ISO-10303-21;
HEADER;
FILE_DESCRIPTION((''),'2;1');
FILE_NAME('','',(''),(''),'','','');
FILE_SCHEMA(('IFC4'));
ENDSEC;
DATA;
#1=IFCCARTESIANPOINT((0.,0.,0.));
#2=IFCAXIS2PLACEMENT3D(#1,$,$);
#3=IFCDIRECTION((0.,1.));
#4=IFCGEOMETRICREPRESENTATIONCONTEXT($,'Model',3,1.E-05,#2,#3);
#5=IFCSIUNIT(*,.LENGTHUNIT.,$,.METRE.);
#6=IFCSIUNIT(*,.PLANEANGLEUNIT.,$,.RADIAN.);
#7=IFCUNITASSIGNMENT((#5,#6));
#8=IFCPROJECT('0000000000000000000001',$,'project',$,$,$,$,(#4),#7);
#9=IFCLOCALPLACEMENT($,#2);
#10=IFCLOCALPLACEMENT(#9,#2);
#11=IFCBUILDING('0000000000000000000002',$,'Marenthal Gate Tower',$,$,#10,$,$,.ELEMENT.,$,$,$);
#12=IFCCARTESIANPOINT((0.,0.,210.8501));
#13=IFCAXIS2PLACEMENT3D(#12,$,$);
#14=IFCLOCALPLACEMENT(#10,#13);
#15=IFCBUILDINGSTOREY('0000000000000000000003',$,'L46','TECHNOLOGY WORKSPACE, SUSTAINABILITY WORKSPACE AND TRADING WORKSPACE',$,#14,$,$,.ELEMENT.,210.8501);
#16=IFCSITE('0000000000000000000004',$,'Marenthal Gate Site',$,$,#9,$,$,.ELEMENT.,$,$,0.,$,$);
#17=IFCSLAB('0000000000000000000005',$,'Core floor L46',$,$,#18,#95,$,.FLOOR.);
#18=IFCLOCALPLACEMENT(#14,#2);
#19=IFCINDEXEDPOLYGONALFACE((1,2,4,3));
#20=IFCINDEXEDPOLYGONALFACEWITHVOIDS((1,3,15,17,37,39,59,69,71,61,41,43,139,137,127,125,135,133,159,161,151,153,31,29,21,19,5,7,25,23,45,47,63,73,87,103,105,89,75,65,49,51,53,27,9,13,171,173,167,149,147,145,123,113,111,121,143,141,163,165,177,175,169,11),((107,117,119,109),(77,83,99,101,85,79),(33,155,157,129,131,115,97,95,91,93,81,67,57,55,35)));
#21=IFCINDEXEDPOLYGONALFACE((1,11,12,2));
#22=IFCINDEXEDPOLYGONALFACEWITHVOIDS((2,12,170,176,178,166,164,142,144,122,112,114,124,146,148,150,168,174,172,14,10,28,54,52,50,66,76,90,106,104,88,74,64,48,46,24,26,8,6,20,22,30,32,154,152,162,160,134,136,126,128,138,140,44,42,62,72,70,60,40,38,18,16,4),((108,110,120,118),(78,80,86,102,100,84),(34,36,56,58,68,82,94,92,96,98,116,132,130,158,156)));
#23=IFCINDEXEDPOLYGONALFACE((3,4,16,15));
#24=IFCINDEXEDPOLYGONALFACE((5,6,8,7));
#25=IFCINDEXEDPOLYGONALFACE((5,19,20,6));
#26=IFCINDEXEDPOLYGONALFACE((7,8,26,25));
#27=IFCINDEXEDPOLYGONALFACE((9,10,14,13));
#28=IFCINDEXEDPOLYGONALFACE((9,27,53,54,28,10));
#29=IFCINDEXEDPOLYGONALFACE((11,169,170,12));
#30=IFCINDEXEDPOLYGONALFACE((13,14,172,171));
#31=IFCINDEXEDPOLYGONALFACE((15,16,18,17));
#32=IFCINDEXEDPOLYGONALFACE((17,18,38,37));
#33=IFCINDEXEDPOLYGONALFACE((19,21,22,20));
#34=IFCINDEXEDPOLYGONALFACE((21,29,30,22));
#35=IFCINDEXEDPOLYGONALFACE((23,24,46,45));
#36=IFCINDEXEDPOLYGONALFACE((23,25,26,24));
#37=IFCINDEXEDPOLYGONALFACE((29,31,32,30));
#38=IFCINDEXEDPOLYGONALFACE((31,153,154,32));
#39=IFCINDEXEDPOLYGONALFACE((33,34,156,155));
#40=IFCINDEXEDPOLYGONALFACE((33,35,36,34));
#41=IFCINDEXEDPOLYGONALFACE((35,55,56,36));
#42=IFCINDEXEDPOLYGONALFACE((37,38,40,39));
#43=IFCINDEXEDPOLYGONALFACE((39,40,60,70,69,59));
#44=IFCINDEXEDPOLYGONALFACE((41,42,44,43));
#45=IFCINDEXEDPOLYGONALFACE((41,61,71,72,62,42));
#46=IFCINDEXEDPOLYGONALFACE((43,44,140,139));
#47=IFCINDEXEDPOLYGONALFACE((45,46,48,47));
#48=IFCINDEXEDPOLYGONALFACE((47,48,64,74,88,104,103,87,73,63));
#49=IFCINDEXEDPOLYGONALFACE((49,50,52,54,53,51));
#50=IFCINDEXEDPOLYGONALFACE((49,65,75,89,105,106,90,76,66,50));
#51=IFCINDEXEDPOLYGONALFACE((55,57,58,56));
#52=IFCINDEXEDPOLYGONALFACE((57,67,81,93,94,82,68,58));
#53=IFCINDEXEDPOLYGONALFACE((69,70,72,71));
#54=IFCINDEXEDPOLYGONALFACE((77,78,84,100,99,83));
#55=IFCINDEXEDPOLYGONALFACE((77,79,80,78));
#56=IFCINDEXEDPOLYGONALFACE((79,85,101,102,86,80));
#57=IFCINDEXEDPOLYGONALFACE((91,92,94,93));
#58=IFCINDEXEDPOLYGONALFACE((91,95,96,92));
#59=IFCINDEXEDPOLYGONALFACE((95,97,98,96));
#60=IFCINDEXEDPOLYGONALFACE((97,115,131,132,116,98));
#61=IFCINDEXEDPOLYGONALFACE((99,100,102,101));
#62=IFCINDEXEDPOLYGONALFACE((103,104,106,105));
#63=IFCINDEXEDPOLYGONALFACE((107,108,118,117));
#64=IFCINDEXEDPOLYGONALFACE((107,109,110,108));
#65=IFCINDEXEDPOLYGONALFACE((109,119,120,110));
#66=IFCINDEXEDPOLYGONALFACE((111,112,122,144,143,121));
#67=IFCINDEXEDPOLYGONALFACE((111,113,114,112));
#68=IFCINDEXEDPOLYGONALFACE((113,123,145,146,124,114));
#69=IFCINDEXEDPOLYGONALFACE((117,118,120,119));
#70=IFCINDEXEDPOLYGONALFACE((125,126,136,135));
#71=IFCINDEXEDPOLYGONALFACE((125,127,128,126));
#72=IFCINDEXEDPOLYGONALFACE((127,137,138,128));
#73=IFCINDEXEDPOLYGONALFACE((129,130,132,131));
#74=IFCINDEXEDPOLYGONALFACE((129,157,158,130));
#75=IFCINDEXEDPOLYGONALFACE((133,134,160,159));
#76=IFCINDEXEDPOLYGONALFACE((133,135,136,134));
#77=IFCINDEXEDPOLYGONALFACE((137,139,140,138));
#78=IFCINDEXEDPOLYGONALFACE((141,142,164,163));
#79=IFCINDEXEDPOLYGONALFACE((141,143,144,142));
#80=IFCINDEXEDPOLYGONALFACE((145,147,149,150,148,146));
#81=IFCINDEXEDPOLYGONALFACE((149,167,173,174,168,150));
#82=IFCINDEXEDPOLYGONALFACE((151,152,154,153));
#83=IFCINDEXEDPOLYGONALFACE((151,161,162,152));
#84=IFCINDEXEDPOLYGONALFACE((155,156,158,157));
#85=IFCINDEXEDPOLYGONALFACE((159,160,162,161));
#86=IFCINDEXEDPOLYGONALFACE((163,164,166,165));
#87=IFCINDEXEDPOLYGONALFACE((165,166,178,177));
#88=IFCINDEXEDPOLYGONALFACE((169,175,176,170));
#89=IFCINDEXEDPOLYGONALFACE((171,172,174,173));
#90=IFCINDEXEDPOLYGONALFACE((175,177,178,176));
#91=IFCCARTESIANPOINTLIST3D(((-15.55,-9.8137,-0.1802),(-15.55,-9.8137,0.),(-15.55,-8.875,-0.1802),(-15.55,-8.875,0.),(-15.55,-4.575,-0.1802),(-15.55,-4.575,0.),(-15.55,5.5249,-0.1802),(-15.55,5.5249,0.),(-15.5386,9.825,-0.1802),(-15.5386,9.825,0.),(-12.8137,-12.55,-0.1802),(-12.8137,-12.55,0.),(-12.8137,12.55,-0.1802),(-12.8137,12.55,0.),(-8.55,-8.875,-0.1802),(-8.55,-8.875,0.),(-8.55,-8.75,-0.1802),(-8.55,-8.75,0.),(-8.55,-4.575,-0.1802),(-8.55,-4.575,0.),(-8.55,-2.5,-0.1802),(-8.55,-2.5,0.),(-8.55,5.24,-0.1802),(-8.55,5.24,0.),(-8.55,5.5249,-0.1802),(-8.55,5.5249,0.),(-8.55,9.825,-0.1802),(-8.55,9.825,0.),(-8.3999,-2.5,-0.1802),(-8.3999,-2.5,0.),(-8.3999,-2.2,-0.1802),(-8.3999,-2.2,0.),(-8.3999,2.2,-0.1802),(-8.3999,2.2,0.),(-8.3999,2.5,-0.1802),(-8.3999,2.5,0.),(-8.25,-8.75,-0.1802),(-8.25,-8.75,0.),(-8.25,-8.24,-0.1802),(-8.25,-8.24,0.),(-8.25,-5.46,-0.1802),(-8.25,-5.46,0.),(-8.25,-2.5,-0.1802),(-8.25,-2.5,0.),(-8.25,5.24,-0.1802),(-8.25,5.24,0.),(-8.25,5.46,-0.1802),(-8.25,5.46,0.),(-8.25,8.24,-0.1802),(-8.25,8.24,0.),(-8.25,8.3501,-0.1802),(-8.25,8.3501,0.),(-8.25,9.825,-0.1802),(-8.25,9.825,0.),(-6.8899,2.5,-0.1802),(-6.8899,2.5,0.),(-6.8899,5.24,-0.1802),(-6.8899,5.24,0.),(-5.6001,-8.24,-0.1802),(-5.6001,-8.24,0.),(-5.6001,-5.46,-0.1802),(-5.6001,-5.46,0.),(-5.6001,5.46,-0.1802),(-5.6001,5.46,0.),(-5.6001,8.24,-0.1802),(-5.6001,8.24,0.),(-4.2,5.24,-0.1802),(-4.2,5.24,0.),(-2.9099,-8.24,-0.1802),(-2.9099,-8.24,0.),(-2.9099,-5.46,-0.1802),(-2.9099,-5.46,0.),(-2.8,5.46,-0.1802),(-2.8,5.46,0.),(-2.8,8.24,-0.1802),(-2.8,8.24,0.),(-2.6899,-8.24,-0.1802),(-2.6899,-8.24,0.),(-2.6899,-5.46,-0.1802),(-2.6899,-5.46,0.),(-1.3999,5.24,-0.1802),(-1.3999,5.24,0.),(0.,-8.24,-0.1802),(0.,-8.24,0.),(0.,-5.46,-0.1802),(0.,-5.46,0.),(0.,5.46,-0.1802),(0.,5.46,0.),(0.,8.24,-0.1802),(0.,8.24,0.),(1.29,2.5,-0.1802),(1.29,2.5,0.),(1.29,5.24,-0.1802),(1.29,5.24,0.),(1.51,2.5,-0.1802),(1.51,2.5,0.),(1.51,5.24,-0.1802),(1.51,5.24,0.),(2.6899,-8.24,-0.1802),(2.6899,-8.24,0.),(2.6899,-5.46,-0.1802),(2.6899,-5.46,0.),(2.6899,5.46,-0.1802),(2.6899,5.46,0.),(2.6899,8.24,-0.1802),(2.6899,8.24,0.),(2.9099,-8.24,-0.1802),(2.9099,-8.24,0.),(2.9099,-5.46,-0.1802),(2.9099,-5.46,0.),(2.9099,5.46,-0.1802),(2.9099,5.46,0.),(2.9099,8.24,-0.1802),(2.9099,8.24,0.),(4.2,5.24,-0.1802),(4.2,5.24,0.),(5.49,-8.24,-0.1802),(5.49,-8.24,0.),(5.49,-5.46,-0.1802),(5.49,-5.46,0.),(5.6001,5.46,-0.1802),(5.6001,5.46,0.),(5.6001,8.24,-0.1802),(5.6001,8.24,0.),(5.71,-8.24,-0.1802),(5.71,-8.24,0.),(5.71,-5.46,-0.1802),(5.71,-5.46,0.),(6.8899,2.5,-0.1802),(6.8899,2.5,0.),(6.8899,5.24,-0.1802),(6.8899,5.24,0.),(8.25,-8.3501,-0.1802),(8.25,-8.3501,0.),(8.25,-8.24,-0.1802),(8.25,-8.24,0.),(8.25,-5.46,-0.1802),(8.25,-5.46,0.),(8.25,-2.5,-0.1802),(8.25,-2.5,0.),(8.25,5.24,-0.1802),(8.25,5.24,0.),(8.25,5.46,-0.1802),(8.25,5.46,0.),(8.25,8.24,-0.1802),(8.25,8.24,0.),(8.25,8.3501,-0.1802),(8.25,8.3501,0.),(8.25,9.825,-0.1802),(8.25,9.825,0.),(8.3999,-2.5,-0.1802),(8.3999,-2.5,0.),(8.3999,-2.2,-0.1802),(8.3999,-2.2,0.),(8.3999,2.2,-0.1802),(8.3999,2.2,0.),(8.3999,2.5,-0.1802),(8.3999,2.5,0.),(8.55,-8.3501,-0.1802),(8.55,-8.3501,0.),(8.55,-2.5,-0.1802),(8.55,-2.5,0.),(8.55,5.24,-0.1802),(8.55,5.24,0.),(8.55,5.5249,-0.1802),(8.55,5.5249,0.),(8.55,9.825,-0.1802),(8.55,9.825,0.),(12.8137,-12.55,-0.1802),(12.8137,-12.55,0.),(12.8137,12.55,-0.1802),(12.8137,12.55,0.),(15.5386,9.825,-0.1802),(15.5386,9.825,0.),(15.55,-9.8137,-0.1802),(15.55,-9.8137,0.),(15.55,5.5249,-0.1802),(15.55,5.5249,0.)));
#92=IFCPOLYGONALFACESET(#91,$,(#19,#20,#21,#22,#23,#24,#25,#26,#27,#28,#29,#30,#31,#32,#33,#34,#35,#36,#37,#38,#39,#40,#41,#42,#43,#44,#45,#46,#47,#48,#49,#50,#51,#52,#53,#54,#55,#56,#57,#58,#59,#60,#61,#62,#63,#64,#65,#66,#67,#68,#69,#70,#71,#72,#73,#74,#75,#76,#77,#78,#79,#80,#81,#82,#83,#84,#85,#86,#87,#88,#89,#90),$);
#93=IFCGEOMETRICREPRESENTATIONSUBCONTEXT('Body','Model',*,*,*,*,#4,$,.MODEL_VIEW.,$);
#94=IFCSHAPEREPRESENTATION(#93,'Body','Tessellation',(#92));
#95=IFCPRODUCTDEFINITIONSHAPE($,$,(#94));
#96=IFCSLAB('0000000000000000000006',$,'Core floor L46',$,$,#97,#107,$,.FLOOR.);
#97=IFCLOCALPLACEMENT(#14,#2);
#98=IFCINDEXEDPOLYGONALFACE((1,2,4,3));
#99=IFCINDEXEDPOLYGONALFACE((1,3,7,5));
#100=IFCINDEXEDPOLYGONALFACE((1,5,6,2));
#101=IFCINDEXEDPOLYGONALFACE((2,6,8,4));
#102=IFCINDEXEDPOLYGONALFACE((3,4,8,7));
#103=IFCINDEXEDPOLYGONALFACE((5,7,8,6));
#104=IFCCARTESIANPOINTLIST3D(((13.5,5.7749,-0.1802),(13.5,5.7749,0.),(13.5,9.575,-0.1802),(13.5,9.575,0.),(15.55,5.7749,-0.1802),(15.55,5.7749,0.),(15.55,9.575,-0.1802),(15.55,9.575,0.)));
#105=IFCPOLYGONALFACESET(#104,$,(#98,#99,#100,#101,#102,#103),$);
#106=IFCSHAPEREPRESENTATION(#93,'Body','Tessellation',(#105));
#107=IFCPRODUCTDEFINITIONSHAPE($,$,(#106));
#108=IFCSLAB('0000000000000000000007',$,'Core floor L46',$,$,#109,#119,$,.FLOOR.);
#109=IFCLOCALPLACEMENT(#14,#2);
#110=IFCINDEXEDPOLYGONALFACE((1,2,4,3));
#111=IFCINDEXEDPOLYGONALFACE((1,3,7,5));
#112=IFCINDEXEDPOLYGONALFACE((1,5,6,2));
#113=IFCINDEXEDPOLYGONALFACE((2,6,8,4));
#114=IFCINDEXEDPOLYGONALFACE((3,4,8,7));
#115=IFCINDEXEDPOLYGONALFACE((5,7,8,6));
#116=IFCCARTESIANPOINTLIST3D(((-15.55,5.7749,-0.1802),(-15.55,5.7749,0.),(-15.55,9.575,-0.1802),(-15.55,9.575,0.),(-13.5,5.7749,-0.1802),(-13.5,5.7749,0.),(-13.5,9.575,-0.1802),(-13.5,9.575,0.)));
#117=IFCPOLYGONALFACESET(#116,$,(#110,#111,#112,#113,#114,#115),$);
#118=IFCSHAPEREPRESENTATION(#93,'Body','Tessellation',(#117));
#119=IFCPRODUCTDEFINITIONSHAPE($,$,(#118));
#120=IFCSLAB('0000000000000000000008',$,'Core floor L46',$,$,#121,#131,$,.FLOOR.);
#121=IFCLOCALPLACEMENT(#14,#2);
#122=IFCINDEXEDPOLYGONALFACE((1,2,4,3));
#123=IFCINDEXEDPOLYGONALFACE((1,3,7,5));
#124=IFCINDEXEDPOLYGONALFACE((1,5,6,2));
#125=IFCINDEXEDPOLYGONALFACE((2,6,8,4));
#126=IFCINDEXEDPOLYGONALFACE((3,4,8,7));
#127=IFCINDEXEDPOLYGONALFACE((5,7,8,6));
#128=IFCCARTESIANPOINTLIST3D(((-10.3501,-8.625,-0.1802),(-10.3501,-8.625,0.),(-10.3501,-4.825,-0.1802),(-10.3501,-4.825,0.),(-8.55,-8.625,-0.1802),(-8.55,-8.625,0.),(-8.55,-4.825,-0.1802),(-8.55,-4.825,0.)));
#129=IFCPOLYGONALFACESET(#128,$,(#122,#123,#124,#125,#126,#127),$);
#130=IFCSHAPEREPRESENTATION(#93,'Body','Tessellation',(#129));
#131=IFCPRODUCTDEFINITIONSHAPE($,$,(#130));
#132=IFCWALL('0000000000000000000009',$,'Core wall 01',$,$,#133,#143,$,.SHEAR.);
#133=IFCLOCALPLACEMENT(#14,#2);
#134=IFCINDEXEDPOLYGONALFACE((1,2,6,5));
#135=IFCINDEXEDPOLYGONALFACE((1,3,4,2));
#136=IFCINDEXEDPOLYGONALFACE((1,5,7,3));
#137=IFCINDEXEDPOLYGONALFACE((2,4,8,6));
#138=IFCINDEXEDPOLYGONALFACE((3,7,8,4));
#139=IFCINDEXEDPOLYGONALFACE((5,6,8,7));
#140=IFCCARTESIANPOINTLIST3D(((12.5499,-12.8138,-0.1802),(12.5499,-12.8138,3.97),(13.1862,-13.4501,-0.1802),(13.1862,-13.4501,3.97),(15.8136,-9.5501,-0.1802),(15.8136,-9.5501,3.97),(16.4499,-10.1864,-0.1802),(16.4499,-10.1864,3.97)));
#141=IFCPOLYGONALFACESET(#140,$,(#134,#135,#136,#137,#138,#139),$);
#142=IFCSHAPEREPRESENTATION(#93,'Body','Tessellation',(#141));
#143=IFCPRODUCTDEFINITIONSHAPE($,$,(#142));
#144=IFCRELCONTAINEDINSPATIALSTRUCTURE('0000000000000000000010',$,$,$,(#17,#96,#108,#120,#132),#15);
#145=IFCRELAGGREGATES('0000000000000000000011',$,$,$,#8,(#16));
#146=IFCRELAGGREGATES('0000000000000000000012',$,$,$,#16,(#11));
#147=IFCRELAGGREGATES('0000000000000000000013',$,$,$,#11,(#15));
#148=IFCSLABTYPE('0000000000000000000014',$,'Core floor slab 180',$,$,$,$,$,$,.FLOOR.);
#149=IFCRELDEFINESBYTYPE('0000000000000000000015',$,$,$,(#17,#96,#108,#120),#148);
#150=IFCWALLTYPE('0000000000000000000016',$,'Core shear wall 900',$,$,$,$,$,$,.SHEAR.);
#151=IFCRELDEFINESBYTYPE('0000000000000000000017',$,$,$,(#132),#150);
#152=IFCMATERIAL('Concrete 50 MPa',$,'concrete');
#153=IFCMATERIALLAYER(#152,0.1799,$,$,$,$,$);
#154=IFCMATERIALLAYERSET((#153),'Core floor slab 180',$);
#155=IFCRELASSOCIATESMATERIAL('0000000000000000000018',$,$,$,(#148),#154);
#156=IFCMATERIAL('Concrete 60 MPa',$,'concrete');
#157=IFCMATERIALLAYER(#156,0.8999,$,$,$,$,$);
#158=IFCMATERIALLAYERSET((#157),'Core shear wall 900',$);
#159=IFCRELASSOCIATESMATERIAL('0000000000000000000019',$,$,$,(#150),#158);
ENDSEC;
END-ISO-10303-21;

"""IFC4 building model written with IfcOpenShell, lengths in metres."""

from ifc_helpers import new_model, si_unit, direction, frame, frame_2d, origin, place, context, subcontext, project, spatial, polyline, rectangle, outline, extrude, material, layer, layer_set, type_object, element, save


model = new_model("IFC4")

# Units and contexts
model_context = context("Model", 3, precision=1e-05, world=origin(), true_north=direction((0.0, 1.0)))
body_context = subcontext(model_context, "Body", "Model", "MODEL_VIEW")
ifc_project = project(units=[si_unit("LENGTHUNIT", "METRE"), si_unit("PLANEANGLEUNIT", "RADIAN")], contexts=[model_context])

# Site, building, storey
site_placement = place(None, origin())
site = spatial("IfcSite", under=ifc_project, at=site_placement, Name="Marenthal Gate Site", CompositionType="ELEMENT", RefElevation=0.0)
building_placement = place(site_placement, origin())
building = spatial("IfcBuilding", under=site, at=building_placement, Name="Marenthal Gate Tower", CompositionType="ELEMENT")
storey_placement = place(building_placement, frame((0.0, 0.0, 210.8501)))
storey = spatial("IfcBuildingStorey", under=building, at=storey_placement, Name="L46", Description="TECHNOLOGY WORKSPACE, SUSTAINABILITY WORKSPACE AND TRADING WORKSPACE", CompositionType="ELEMENT", Elevation=210.8501)

# Slabs
ifc_material_1 = material(Name="Concrete 50 MPa", Category="concrete")
ifc_layer_1 = layer(ifc_material_1, 0.1799)
ifc_layer_set_1 = layer_set([ifc_layer_1], Name="Core floor slab 180")
slab_type = type_object("IfcSlabType", Name="Core floor slab 180", PredefinedType="FLOOR", material=ifc_layer_set_1)
slab_1_placement = place(storey_placement, frame((0.0, 0.0, -0.1802)))
element("IfcSlab", 1, at=slab_1_placement, inside=storey, type_object=slab_type, Name="Core floor L46", PredefinedType="FLOOR", context=body_context, shape_type="SweptSolid", body=[
    extrude(outline(polyline([(12.8137, -12.55), (-12.8137, -12.55), (-15.55, -9.8137), (-15.55, -8.875), (-8.55, -8.875), (-8.55, -8.75), (-8.25, -8.75), (-8.25, -8.24), (-5.6001, -8.24), (-2.9099, -8.24), (-2.9099, -5.46), (-5.6001, -5.46), (-8.25, -5.46), (-8.25, -2.5), (8.25, -2.5), (8.25, -5.46), (5.71, -5.46), (5.71, -8.24), (8.25, -8.24), (8.25, -8.3501), (8.55, -8.3501), (8.55, -2.5), (8.3999, -2.5), (8.3999, -2.2), (-8.3999, -2.2), (-8.3999, -2.5), (-8.55, -2.5), (-8.55, -4.575), (-15.55, -4.575), (-15.55, 5.5249), (-8.55, 5.5249), (-8.55, 5.24), (-8.25, 5.24), (-8.25, 5.46), (-5.6001, 5.46), (-2.8, 5.46), (0.0, 5.46), (2.6899, 5.46), (2.6899, 8.24), (0.0, 8.24), (-2.8, 8.24), (-5.6001, 8.24), (-8.25, 8.24), (-8.25, 8.3501), (-8.25, 9.825), (-8.55, 9.825), (-15.5386, 9.825), (-12.8137, 12.55), (12.8137, 12.55), (15.5386, 9.825), (8.55, 9.825), (8.25, 9.825), (8.25, 8.3501), (8.25, 8.24), (5.6001, 8.24), (2.9099, 8.24), (2.9099, 5.46), (5.6001, 5.46), (8.25, 5.46), (8.25, 5.24), (8.55, 5.24), (8.55, 5.5249), (15.55, 5.5249), (15.55, -9.8137), (12.8137, -12.55)]), holes=[polyline([(2.6899, -8.24), (2.6899, -5.46), (0.0, -5.46), (-2.6899, -5.46), (-2.6899, -8.24), (0.0, -8.24), (2.6899, -8.24)]), polyline([(-6.8899, 5.24), (-6.8899, 2.5), (-8.3999, 2.5), (-8.3999, 2.2), (8.3999, 2.2), (8.3999, 2.5), (6.8899, 2.5), (6.8899, 5.24), (4.2, 5.24), (1.51, 5.24), (1.51, 2.5), (1.29, 2.5), (1.29, 5.24), (-1.3999, 5.24), (-4.2, 5.24), (-6.8899, 5.24)]), polyline([(5.49, -8.24), (5.49, -5.46), (2.9099, -5.46), (2.9099, -8.24), (5.49, -8.24)])]), origin(), (0.0, 0.0, 1.0), 0.1802),
])
slab_2_placement = place(storey_placement, frame((0.0, 0.0, -0.1802)))
element("IfcSlab", 2, at=slab_2_placement, inside=storey, type_object=slab_type, Name="Core floor L46", PredefinedType="FLOOR", context=body_context, shape_type="SweptSolid", body=[
    extrude(outline(polyline([(15.55, 5.7749), (13.5, 5.7749), (13.5, 9.575), (15.55, 9.575), (15.55, 5.7749)])), origin(), (0.0, 0.0, 1.0), 0.1802),
])
slab_3_placement = place(storey_placement, frame((0.0, 0.0, -0.1802)))
element("IfcSlab", 3, at=slab_3_placement, inside=storey, type_object=slab_type, Name="Core floor L46", PredefinedType="FLOOR", context=body_context, shape_type="SweptSolid", body=[
    extrude(outline(polyline([(-15.55, 9.575), (-13.5, 9.575), (-13.5, 5.7749), (-15.55, 5.7749), (-15.55, 9.575)])), origin(), (0.0, 0.0, 1.0), 0.1802),
])
slab_4_placement = place(storey_placement, frame((0.0, 0.0, -0.1802)))
element("IfcSlab", 4, at=slab_4_placement, inside=storey, type_object=slab_type, Name="Core floor L46", PredefinedType="FLOOR", context=body_context, shape_type="SweptSolid", body=[
    extrude(outline(polyline([(-8.55, -8.625), (-10.3501, -8.625), (-10.3501, -4.825), (-8.55, -4.825), (-8.55, -8.625)])), origin(), (0.0, 0.0, 1.0), 0.1802),
])

# Wall
ifc_material_2 = material(Name="Concrete 60 MPa", Category="concrete")
ifc_layer_2 = layer(ifc_material_2, 0.8999)
ifc_layer_set_2 = layer_set([ifc_layer_2], Name="Core shear wall 900")
wall_type_1 = type_object("IfcWallType", Name="Core shear wall 900", PredefinedType="SHEAR", material=ifc_layer_set_2)
wall_1_placement = place(storey_placement, frame((12.8682, -13.1318, -0.1802), z_axis=(0.0, 0.0, 1.0), x_axis=(0.707107, 0.707107, 0.0)))
element("IfcWall", 5, at=wall_1_placement, inside=storey, type_object=wall_type_1, Name="Core wall 01", PredefinedType="SHEAR", context=body_context, shape_type="SweptSolid", body=[
    extrude(rectangle(XDim=4.6155, YDim=0.8999, at=frame_2d((2.3076, 0.0))), origin(), (0.0, 0.0, 1.0), 4.1501),
])

save(model, "model.ifc")
